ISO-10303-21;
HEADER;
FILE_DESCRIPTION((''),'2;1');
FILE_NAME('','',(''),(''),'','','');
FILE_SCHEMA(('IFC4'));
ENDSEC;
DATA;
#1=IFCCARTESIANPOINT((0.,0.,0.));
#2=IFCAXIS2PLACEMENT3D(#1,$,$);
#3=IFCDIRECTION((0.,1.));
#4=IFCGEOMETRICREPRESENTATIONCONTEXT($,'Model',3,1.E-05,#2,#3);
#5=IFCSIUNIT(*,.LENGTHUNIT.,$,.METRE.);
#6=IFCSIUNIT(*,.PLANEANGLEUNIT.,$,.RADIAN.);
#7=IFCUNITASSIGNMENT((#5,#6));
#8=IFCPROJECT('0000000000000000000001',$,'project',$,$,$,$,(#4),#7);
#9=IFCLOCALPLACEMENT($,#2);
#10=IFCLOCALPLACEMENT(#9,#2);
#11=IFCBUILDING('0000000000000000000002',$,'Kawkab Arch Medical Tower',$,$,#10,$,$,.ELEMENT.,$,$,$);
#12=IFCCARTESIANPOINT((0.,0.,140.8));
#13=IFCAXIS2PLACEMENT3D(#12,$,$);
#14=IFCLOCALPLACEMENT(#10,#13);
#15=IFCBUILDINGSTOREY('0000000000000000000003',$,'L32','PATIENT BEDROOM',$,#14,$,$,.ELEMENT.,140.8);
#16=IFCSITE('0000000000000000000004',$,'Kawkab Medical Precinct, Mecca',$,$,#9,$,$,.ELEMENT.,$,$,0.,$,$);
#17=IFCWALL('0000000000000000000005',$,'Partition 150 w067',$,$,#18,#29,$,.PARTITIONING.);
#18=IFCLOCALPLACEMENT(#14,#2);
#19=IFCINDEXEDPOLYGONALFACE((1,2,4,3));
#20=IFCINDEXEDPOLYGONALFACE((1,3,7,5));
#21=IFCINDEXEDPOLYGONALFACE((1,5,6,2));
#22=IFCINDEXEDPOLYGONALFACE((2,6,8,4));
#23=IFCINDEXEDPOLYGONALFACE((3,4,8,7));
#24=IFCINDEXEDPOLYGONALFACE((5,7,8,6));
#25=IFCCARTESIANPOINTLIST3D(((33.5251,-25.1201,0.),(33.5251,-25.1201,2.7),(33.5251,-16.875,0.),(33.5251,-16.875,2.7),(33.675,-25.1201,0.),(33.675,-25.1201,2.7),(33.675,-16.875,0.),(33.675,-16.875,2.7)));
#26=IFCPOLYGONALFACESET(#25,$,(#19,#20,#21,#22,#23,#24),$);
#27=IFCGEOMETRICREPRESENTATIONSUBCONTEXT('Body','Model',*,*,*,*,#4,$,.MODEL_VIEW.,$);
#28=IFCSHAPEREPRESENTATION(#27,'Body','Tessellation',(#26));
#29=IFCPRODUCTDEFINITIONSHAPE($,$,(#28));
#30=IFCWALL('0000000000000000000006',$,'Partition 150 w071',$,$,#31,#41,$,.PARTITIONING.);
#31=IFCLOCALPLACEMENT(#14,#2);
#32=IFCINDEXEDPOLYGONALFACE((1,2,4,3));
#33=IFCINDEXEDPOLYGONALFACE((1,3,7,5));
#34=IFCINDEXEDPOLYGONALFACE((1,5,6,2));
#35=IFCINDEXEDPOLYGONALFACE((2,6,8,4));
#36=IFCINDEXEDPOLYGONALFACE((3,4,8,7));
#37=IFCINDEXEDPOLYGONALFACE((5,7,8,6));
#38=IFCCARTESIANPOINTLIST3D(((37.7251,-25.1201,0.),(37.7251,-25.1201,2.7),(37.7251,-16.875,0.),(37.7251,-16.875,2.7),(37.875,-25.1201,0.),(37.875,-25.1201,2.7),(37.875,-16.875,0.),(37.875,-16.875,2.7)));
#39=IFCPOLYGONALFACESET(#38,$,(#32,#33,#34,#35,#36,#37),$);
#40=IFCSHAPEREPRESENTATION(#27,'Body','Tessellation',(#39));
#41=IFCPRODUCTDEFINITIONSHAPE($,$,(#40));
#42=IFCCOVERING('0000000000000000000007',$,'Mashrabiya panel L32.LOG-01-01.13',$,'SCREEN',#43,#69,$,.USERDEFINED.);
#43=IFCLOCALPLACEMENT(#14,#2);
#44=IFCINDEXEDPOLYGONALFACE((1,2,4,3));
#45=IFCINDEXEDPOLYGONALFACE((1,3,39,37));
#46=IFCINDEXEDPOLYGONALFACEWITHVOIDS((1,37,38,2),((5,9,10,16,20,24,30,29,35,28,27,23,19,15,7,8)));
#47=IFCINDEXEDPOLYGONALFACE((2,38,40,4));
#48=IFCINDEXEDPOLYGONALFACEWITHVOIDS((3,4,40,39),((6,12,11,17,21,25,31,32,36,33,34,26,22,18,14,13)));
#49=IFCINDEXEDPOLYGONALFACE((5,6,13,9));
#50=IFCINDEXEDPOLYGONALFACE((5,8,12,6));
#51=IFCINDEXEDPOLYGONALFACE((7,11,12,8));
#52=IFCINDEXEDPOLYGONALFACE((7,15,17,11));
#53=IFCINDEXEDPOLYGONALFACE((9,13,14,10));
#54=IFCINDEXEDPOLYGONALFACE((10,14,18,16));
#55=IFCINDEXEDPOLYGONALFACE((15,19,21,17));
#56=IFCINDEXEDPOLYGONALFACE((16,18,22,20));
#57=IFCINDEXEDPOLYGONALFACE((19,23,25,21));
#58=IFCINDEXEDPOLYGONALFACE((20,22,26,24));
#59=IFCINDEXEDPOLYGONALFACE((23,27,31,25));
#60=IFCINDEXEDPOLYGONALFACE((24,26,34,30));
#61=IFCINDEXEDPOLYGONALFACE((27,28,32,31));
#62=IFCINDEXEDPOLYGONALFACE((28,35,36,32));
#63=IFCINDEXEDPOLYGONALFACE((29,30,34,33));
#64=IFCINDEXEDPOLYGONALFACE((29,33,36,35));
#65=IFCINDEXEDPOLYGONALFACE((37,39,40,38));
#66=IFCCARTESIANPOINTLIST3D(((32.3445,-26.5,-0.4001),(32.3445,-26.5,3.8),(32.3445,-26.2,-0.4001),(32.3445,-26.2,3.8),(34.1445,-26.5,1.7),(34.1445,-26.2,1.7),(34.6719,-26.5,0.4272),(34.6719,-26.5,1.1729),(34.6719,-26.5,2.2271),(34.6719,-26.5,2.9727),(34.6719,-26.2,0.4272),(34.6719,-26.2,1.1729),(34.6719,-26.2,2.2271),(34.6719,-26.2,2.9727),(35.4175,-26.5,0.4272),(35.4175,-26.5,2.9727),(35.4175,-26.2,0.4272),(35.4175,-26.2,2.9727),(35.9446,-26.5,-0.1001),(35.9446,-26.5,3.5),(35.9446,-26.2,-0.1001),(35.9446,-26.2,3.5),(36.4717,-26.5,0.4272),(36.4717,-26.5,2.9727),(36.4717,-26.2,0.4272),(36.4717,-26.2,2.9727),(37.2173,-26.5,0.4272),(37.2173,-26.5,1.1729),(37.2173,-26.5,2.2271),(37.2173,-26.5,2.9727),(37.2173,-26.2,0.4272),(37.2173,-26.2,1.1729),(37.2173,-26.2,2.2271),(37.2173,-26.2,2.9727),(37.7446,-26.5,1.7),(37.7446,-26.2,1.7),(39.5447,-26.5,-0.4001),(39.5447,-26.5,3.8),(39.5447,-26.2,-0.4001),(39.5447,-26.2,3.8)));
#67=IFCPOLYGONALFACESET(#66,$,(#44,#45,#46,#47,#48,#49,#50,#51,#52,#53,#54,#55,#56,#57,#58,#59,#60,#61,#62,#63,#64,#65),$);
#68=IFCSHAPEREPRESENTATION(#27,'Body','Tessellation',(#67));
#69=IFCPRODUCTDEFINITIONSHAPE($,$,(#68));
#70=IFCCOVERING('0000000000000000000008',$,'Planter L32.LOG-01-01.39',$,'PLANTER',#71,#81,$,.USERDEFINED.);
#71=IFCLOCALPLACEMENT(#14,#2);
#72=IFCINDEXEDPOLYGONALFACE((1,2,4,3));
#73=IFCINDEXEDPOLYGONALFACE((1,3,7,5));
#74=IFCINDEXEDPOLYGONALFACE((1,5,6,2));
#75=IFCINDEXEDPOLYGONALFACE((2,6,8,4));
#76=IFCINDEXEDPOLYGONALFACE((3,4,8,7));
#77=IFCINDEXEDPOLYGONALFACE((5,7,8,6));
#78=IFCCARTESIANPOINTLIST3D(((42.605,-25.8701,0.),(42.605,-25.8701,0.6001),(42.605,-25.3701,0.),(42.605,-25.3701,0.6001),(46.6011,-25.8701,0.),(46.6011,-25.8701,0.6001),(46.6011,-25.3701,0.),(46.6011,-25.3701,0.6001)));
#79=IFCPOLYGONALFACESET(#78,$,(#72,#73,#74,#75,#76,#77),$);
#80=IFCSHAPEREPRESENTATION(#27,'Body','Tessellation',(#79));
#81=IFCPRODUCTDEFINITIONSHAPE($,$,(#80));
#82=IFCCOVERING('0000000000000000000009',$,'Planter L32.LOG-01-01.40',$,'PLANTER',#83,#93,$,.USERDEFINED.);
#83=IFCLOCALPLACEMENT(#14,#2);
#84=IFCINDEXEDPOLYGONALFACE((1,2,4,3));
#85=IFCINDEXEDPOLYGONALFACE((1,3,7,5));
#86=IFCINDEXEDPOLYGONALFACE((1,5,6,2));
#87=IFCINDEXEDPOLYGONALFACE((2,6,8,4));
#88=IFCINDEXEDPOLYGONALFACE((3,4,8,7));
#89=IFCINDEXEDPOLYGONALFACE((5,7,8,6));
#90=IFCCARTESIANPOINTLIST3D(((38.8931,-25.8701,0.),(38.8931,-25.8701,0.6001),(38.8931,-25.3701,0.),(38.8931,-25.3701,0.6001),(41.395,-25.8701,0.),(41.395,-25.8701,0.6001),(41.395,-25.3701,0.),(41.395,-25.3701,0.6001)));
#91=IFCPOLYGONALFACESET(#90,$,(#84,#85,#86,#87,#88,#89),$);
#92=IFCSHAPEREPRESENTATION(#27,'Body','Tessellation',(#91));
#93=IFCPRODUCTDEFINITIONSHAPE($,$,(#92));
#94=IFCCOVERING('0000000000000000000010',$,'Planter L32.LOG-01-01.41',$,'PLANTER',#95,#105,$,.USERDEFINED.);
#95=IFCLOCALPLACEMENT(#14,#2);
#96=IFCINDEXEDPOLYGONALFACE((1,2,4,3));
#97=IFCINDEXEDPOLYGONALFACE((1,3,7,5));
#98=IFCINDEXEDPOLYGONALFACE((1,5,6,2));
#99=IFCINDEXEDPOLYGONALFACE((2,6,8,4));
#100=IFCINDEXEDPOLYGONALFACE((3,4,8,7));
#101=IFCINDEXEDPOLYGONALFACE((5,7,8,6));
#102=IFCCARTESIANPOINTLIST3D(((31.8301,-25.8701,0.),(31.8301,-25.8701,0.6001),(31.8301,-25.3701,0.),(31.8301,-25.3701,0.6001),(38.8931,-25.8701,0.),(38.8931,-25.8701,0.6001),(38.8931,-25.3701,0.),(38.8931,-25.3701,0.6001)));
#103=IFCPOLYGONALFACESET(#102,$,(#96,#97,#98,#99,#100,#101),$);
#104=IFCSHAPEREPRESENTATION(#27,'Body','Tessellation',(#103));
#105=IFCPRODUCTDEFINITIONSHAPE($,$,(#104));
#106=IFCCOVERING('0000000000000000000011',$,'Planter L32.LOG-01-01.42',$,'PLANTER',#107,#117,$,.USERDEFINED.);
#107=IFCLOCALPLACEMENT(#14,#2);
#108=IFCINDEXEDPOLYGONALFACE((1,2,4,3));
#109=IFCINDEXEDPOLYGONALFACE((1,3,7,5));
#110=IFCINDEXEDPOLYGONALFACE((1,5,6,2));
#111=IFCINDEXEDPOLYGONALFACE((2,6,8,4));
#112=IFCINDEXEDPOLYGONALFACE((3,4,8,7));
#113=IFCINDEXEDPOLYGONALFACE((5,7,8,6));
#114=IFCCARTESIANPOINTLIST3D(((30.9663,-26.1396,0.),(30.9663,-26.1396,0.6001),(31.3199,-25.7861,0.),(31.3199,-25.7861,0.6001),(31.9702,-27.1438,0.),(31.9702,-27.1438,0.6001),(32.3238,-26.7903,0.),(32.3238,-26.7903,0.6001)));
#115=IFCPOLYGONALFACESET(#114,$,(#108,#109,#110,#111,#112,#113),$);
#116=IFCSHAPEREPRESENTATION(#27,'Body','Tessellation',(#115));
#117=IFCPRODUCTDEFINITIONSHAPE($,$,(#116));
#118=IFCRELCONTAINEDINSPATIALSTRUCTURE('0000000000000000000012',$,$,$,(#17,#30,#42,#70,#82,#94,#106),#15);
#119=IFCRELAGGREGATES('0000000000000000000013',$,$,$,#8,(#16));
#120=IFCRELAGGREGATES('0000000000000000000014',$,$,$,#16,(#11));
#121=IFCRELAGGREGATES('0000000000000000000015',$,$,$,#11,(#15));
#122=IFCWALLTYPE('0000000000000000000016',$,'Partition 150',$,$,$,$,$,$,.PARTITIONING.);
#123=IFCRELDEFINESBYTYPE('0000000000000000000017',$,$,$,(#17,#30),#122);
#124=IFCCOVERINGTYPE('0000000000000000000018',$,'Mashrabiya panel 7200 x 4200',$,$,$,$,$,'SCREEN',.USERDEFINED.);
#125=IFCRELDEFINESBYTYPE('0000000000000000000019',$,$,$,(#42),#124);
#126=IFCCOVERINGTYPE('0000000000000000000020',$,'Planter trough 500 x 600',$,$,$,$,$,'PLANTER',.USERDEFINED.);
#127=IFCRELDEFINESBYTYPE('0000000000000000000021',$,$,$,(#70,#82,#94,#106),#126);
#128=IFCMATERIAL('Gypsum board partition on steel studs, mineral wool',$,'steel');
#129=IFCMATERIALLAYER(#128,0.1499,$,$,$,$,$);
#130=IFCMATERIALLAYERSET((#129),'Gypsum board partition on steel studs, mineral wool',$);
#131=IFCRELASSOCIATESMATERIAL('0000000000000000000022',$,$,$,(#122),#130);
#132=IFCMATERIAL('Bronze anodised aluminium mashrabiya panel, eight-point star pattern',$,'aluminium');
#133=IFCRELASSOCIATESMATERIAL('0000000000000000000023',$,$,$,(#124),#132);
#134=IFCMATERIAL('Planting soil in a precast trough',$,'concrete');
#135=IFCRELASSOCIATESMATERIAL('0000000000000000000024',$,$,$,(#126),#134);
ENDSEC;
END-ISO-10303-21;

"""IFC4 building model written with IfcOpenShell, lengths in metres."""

from ifc_helpers import new_model, si_unit, direction, frame, frame_2d, origin, origin_2d, place, context, subcontext, project, spatial, polyline, rectangle, outline, extrude, material, layer, layer_set, material_profile, profile_set, type_object, element, save


model = new_model("IFC4")

# Units and contexts
model_context = context("Model", 3, precision=1e-05, world=origin(), true_north=direction((0.0, 1.0)))
body_context = subcontext(model_context, "Body", "Model", "MODEL_VIEW")
ifc_project = project(units=[si_unit("LENGTHUNIT", "METRE"), si_unit("PLANEANGLEUNIT", "RADIAN")], contexts=[model_context])

# Site, building, storey
site_placement = place(None, origin())
site = spatial("IfcSite", under=ifc_project, at=site_placement, Name="Kawkab Medical Precinct, Mecca", CompositionType="ELEMENT", RefElevation=0.0)
building_placement = place(site_placement, origin())
building = spatial("IfcBuilding", under=site, at=building_placement, Name="Kawkab Arch Medical Tower", CompositionType="ELEMENT")
storey_placement = place(building_placement, frame((0.0, 0.0, 140.8)))
storey = spatial("IfcBuildingStorey", under=building, at=storey_placement, Name="L32", Description="PATIENT BEDROOM", CompositionType="ELEMENT", Elevation=140.8)

# Walls
ifc_material_1 = material(Name="Gypsum board partition on steel studs, mineral wool", Category="steel")
ifc_layer_1 = layer(ifc_material_1, 0.1499)
ifc_layer_set_1 = layer_set([ifc_layer_1], Name="Gypsum board partition on steel studs, mineral wool")
wall_type_1 = type_object("IfcWallType", Name="Partition 150", PredefinedType="PARTITIONING", material=ifc_layer_set_1)
for number, where, z_axis, x_axis, name in (
    (1, (33.6001, -25.1201, 0.0), (0.0, 0.0, 1.0), (0.0, 1.0, 0.0), "Partition 150 w067"),
    (2, (37.8, -25.1201, 0.0), (0.0, 0.0, 1.0), (0.0, 1.0, 0.0), "Partition 150 w071"),
):
    element("IfcWall", number, at=place(storey_placement, frame(where, z_axis=z_axis, x_axis=x_axis)), inside=storey, type_object=wall_type_1, Name=name, PredefinedType="PARTITIONING", context=body_context, shape_type="SweptSolid", body=[
        extrude(rectangle(XDim=8.2451, YDim=0.1499, at=frame_2d((4.1226, 0.0))), origin(), (0.0, 0.0, 1.0), 2.7),
    ])

# Coverings
ifc_material_2 = material(Name="Bronze anodised aluminium mashrabiya panel, eight-point star pattern", Category="aluminium")
ifc_material_profile_1 = material_profile(ifc_material_2, outline(polyline([(-3.6001, -2.1001), (3.6001, -2.1001), (3.6001, 2.1001), (-3.6001, 2.1001), (-3.6001, -2.1001)]), holes=[polyline([(1.8, 0.0), (1.2727, 0.5271), (1.2727, 1.2727), (0.5271, 1.2727), (0.0, 1.8), (-0.5271, 1.2727), (-1.2727, 1.2727), (-1.2727, 0.5271), (-1.8, 0.0), (-1.2727, -0.5271), (-1.2727, -1.2727), (-0.5271, -1.2727), (0.0, -1.8), (0.5271, -1.2727), (1.2727, -1.2727), (1.2727, -0.5271), (1.8, 0.0)])]), Name="Mashrabiya panel 7200x4200")
ifc_profile_set_1 = profile_set([ifc_material_profile_1], Name="Bronze anodised aluminium mashrabiya panel, eight-point star pattern")
covering_type_1 = type_object("IfcCoveringType", Name="Mashrabiya panel 7200 x 4200", ElementType="SCREEN", PredefinedType="USERDEFINED", material=ifc_profile_set_1)
covering_1_placement = place(storey_placement, frame((35.9446, -26.2, 1.7), z_axis=(0.0, -1.0, 0.0), x_axis=(1.0, 0.0, 0.0)))
element("IfcCovering", 3, at=covering_1_placement, inside=storey, type_object=covering_type_1, Name="Mashrabiya panel L32.LOG-01-01.13", ObjectType="SCREEN", PredefinedType="USERDEFINED", context=body_context, shape_type="SweptSolid", body=[
    extrude(outline(polyline([(-3.6001, -2.1001), (3.6001, -2.1001), (3.6001, 2.1001), (-3.6001, 2.1001), (-3.6001, -2.1001)]), holes=[polyline([(1.8, 0.0), (1.2727, 0.5271), (1.2727, 1.2727), (0.5271, 1.2727), (0.0, 1.8), (-0.5271, 1.2727), (-1.2727, 1.2727), (-1.2727, 0.5271), (-1.8, 0.0), (-1.2727, -0.5271), (-1.2727, -1.2727), (-0.5271, -1.2727), (0.0, -1.8), (0.5271, -1.2727), (1.2727, -1.2727), (1.2727, -0.5271), (1.8, 0.0)])]), origin(), (0.0, 0.0, 1.0), 0.3),
])
ifc_material_3 = material(Name="Planting soil in a precast trough", Category="concrete")
ifc_material_profile_2 = material_profile(ifc_material_3, rectangle(XDim=0.5, YDim=0.6001, at=origin_2d()), Name="Trough 500x600")
ifc_profile_set_2 = profile_set([ifc_material_profile_2], Name="Planting soil in a precast trough")
covering_type_2 = type_object("IfcCoveringType", Name="Planter trough 500 x 600", ElementType="PLANTER", PredefinedType="USERDEFINED", material=ifc_profile_set_2)
covering_2_placement = place(storey_placement, frame((46.6011, -25.6201, 0.3), z_axis=(-1.0, 0.0, 0.0), x_axis=(0.0, -1.0, 0.0)))
element("IfcCovering", 4, at=covering_2_placement, inside=storey, type_object=covering_type_2, Name="Planter L32.LOG-01-01.39", ObjectType="PLANTER", PredefinedType="USERDEFINED", context=body_context, shape_type="SweptSolid", body=[
    extrude(rectangle(XDim=0.5, YDim=0.6001, at=origin_2d()), origin(), (0.0, 0.0, 1.0), 3.9961),
])
covering_3_placement = place(storey_placement, frame((41.395, -25.6201, 0.3), z_axis=(-1.0, 0.0, 0.0), x_axis=(0.0, -1.0, 0.0)))
element("IfcCovering", 5, at=covering_3_placement, inside=storey, type_object=covering_type_2, Name="Planter L32.LOG-01-01.40", ObjectType="PLANTER", PredefinedType="USERDEFINED", context=body_context, shape_type="SweptSolid", body=[
    extrude(rectangle(XDim=0.5, YDim=0.6001, at=origin_2d()), origin(), (0.0, 0.0, 1.0), 2.502),
])
covering_4_placement = place(storey_placement, frame((38.8931, -25.6201, 0.3), z_axis=(-1.0, 0.0, 0.0), x_axis=(0.0, -1.0, 0.0)))
element("IfcCovering", 6, at=covering_4_placement, inside=storey, type_object=covering_type_2, Name="Planter L32.LOG-01-01.41", ObjectType="PLANTER", PredefinedType="USERDEFINED", context=body_context, shape_type="SweptSolid", body=[
    extrude(rectangle(XDim=0.5, YDim=0.6001, at=origin_2d()), origin(), (0.0, 0.0, 1.0), 7.063),
])
covering_5_placement = place(storey_placement, frame((31.1431, -25.9629, 0.3), z_axis=(0.707021, -0.707193, 0.0), x_axis=(0.707193, 0.707021, 0.0)))
element("IfcCovering", 7, at=covering_5_placement, inside=storey, type_object=covering_type_2, Name="Planter L32.LOG-01-01.42", ObjectType="PLANTER", PredefinedType="USERDEFINED", context=body_context, shape_type="SweptSolid", body=[
    extrude(rectangle(XDim=0.5, YDim=0.6001, at=origin_2d()), origin(), (0.0, 0.0, 1.0), 1.4199),
])

save(model, "model.ifc")
